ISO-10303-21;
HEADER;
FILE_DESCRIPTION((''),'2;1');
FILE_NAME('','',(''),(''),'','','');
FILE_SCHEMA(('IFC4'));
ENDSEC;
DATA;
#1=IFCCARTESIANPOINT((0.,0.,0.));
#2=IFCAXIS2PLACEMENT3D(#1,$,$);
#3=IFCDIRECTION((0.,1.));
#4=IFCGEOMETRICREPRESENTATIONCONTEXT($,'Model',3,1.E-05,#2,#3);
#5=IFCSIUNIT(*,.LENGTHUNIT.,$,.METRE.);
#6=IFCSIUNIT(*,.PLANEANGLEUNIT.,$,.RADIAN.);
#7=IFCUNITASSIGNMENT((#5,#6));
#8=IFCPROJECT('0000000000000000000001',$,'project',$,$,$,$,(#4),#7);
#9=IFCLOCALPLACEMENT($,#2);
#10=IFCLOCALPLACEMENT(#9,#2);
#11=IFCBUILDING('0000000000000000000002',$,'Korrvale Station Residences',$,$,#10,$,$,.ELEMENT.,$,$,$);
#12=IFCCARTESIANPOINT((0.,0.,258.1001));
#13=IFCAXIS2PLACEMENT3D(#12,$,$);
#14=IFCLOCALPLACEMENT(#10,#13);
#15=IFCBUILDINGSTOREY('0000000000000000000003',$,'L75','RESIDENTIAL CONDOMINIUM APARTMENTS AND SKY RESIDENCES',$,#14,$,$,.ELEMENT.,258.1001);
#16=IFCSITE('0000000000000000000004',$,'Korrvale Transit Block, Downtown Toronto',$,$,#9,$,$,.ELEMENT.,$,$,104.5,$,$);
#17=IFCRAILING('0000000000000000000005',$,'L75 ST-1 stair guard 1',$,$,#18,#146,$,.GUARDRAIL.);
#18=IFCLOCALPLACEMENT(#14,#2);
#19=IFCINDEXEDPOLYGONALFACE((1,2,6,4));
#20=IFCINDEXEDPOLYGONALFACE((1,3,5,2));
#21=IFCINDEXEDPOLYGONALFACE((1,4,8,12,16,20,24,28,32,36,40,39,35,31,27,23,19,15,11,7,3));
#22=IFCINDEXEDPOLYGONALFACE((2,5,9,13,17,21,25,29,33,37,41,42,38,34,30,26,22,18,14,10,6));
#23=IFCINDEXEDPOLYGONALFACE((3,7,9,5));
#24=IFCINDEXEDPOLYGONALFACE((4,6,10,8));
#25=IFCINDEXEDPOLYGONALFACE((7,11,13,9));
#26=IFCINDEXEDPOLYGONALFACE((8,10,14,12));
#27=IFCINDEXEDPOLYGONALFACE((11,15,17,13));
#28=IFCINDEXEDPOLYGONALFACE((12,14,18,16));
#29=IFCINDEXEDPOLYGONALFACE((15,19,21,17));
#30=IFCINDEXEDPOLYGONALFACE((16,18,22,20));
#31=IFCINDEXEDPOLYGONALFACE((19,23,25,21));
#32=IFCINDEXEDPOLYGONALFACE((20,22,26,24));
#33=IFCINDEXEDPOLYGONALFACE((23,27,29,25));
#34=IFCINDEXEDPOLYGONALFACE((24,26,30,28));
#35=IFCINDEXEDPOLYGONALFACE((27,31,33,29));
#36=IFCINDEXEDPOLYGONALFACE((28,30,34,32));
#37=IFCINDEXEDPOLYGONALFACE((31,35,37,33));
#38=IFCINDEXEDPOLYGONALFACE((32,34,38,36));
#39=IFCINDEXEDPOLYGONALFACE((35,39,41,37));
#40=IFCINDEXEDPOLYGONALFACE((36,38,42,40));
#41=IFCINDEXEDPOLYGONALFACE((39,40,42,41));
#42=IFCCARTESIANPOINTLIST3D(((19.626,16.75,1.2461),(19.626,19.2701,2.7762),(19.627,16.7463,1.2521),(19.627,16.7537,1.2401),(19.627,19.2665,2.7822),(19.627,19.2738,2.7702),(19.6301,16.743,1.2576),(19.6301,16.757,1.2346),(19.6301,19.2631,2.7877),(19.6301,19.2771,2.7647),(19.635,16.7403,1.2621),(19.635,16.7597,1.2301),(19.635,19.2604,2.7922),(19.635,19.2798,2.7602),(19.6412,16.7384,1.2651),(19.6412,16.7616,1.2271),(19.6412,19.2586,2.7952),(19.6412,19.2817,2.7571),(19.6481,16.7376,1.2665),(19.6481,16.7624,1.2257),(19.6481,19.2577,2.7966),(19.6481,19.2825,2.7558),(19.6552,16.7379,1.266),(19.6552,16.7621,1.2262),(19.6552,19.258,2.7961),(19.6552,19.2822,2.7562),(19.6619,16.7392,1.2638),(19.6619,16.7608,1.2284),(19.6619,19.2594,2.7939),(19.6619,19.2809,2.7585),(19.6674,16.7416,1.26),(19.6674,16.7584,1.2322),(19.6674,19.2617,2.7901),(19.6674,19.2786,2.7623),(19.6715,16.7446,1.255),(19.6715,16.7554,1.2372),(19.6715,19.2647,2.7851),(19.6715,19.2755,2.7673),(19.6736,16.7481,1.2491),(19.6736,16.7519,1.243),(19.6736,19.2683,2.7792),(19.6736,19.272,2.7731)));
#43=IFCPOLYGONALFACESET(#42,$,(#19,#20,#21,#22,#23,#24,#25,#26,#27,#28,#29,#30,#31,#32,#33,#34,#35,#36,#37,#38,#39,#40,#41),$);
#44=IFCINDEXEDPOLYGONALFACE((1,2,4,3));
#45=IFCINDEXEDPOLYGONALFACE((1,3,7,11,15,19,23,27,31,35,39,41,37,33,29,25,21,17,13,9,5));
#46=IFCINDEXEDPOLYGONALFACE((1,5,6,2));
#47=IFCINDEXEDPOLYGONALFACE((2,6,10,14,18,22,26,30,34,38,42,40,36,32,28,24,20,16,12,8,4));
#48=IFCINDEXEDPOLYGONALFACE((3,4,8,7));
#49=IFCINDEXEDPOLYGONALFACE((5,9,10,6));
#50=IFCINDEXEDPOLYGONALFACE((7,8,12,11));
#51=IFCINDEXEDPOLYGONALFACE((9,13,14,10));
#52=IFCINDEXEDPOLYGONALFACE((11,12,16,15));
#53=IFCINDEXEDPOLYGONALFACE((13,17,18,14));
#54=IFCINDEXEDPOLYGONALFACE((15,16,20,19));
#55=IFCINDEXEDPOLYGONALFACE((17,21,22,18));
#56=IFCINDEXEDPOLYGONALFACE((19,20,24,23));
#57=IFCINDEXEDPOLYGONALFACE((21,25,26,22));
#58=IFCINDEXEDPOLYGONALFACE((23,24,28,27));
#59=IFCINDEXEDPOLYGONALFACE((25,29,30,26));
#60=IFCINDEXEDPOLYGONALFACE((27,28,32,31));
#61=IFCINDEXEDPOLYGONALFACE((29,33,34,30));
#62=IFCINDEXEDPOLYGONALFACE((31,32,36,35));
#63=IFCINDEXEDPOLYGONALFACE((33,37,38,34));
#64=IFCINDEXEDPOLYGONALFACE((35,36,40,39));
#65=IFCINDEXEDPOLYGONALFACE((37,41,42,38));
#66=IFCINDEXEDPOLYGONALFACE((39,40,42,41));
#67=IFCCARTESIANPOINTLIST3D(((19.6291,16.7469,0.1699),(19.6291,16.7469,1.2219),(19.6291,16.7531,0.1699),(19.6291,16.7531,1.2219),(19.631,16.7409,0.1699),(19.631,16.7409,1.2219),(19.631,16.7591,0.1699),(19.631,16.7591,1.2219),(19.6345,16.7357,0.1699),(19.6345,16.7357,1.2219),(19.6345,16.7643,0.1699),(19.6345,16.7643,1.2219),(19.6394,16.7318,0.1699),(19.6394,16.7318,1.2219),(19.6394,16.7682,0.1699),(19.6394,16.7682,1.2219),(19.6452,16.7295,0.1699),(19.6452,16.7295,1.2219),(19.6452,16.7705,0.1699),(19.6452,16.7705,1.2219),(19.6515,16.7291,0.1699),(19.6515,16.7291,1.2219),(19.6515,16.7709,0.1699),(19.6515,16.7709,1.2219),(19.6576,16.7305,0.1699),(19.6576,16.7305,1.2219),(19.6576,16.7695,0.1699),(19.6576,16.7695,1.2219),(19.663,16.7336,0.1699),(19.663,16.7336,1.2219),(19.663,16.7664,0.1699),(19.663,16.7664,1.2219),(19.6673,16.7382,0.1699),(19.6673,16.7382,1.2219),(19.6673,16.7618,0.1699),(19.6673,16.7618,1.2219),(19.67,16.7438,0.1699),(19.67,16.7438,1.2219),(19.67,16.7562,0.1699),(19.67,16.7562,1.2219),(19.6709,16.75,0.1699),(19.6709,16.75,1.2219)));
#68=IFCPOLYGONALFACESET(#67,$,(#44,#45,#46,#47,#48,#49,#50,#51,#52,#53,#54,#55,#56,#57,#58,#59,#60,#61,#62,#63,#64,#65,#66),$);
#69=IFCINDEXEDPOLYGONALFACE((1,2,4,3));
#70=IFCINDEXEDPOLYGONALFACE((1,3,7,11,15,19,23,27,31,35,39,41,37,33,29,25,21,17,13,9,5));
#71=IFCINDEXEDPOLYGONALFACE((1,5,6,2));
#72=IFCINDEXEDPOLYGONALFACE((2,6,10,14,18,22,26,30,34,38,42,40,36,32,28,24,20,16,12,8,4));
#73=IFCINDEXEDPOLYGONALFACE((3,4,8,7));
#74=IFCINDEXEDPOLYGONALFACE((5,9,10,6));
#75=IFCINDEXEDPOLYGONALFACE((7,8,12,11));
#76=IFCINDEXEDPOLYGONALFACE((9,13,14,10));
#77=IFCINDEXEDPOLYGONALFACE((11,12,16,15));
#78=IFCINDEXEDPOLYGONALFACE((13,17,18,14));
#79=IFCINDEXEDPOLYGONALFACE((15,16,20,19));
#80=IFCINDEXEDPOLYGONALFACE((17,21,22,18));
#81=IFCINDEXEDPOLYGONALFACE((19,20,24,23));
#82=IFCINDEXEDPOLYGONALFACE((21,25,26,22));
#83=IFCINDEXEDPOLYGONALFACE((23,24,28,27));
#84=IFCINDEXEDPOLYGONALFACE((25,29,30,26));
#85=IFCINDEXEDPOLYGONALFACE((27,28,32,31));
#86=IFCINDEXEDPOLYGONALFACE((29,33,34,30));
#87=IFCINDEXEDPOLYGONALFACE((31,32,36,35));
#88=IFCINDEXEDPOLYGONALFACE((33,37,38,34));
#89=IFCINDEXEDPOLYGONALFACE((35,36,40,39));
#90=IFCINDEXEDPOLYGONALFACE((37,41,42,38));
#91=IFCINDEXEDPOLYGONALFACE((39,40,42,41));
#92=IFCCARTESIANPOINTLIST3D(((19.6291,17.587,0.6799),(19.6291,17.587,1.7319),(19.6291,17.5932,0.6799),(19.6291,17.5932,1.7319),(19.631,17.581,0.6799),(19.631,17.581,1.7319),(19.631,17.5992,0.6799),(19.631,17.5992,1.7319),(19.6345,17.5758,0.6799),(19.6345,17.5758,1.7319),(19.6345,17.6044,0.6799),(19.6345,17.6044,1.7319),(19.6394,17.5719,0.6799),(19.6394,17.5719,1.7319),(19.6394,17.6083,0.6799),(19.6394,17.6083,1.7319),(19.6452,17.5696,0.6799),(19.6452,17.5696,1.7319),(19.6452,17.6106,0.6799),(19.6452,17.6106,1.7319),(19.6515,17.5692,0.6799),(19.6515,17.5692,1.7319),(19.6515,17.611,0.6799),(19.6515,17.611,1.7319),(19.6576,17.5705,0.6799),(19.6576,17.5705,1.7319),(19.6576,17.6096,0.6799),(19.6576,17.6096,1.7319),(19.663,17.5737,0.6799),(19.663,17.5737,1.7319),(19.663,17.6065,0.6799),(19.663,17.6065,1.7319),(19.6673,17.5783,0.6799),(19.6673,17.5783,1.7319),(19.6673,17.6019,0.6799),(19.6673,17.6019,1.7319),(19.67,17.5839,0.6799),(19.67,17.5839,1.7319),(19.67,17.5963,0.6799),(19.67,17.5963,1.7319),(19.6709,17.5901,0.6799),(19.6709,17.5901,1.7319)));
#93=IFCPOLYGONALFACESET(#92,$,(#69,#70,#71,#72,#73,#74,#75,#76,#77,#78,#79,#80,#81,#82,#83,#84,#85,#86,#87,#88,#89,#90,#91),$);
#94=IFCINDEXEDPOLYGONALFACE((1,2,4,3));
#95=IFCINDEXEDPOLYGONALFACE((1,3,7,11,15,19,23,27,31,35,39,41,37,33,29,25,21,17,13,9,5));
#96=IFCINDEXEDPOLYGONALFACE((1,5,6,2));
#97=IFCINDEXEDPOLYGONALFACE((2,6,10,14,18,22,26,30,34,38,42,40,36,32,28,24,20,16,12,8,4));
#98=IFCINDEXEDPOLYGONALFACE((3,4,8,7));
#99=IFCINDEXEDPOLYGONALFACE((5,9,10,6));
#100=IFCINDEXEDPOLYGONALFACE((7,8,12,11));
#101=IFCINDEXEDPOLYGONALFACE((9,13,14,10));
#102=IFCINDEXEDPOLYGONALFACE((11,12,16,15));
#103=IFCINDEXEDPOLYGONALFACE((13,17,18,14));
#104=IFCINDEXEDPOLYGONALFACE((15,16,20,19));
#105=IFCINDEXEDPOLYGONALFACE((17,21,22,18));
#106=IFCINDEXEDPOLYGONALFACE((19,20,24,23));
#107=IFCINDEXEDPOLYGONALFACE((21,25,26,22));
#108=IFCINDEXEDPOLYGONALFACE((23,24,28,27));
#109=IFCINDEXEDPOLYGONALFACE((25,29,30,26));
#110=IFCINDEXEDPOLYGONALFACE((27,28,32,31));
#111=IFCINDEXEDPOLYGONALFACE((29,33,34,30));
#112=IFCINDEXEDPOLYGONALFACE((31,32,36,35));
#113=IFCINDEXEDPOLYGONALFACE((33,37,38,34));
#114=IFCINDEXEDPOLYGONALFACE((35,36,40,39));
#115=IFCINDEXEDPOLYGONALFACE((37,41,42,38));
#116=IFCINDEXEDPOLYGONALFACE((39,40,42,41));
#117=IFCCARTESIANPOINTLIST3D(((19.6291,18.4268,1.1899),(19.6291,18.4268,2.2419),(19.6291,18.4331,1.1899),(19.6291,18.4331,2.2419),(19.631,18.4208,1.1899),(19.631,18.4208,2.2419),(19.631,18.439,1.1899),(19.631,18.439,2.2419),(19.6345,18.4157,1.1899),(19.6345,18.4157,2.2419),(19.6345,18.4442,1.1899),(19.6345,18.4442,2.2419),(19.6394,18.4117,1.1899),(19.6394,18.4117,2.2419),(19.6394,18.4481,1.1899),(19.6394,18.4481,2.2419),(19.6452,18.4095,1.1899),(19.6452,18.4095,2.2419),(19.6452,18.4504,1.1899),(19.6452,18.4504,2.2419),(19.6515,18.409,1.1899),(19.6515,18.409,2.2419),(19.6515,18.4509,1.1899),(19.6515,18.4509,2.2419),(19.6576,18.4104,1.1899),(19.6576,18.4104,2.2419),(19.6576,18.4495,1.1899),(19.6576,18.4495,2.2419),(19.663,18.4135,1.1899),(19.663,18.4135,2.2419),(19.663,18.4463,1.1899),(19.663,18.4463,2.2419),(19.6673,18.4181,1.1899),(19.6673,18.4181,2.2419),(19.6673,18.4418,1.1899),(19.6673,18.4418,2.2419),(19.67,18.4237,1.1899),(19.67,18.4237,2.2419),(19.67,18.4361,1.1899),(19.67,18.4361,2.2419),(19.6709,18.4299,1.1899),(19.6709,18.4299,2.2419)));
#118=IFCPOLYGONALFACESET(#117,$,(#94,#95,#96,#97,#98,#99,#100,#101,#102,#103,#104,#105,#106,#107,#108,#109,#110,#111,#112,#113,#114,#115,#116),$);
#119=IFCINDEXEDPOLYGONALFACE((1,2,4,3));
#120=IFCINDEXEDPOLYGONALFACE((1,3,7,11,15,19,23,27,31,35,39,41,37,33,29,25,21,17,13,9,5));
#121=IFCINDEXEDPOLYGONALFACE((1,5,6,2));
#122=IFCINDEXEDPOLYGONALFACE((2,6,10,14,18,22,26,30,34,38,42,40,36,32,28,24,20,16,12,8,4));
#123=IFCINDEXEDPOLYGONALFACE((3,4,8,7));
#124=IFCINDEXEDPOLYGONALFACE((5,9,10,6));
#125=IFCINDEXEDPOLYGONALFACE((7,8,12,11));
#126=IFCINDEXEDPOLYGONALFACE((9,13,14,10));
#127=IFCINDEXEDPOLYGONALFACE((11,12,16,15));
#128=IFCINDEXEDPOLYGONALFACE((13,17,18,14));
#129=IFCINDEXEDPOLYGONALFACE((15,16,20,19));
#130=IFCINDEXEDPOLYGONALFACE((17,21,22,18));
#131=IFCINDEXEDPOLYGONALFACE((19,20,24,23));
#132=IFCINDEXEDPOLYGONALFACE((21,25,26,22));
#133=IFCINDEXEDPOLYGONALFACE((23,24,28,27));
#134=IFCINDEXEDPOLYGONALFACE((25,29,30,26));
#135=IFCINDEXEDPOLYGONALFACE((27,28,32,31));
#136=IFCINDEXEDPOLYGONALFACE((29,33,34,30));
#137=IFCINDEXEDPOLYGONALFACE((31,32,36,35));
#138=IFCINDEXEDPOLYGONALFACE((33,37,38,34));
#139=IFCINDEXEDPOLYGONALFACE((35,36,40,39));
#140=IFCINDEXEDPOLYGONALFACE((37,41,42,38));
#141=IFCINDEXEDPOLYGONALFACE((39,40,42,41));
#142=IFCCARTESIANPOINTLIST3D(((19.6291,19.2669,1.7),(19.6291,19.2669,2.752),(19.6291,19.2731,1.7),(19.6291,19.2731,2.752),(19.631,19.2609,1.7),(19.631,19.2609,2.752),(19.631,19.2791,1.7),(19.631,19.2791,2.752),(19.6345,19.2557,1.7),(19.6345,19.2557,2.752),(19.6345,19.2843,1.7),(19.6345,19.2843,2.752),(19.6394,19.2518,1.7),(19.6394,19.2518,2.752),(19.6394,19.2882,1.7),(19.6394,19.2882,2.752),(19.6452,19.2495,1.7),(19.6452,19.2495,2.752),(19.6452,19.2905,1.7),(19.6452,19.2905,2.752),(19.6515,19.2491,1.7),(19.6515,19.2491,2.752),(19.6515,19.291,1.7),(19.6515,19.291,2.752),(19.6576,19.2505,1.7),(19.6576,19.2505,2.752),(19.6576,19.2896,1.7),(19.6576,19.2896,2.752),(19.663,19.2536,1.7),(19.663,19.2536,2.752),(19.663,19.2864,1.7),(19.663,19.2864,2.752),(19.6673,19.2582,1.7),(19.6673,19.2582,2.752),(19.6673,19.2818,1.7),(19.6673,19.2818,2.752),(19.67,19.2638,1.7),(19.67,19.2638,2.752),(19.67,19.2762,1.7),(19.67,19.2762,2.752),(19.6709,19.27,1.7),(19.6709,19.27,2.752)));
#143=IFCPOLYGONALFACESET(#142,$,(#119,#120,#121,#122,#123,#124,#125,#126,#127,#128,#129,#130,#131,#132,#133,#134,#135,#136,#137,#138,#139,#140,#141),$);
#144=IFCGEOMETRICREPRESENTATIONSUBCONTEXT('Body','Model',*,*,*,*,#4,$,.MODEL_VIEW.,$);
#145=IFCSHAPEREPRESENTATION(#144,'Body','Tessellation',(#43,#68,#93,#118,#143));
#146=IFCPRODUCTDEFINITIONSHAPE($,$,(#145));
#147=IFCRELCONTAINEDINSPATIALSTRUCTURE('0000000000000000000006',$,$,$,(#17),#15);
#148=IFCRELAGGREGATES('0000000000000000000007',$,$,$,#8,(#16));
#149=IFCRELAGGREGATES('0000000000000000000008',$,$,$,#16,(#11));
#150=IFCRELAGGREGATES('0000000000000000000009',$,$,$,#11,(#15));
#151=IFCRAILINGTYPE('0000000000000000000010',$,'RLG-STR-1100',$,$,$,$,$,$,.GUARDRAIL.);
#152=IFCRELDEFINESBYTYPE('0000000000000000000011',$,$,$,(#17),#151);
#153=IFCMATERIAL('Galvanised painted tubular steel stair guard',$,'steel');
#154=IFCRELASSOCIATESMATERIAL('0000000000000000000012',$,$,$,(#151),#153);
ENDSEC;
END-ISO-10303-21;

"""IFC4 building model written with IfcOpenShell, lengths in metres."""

from ifc_helpers import new_model, si_unit, direction, frame, origin, origin_2d, place, context, subcontext, project, spatial, circle, extrude, material, type_object, element, save


model = new_model("IFC4")

# Units and contexts
model_context = context("Model", 3, precision=1e-05, world=origin(), true_north=direction((0.0, 1.0)))
body_context = subcontext(model_context, "Body", "Model", "MODEL_VIEW")
ifc_project = project(units=[si_unit("LENGTHUNIT", "METRE"), si_unit("PLANEANGLEUNIT", "RADIAN")], contexts=[model_context])

# Site, building, storey
site_placement = place(None, origin())
site = spatial("IfcSite", under=ifc_project, at=site_placement, Name="Korrvale Transit Block, Downtown Toronto", CompositionType="ELEMENT", RefElevation=104.5)
building_placement = place(site_placement, origin())
building = spatial("IfcBuilding", under=site, at=building_placement, Name="Korrvale Station Residences", CompositionType="ELEMENT")
storey_placement = place(building_placement, frame((0.0, 0.0, 258.1001)))
storey = spatial("IfcBuildingStorey", under=building, at=storey_placement, Name="L75", Description="RESIDENTIAL CONDOMINIUM APARTMENTS AND SKY RESIDENCES", CompositionType="ELEMENT", Elevation=258.1001)

# Railing
ifc_material_1 = material(Name="Galvanised painted tubular steel stair guard", Category="steel")
railing_type_1 = type_object("IfcRailingType", Name="RLG-STR-1100", PredefinedType="GUARDRAIL", material=ifc_material_1)
railing_1_placement = place(storey_placement, frame((19.6499, 16.75, 0.1699)))
element("IfcRailing", 1, at=railing_1_placement, inside=storey, type_object=railing_type_1, Name="L75 ST-1 stair guard 1", PredefinedType="GUARDRAIL", context=body_context, shape_type="SweptSolid", body=[
    extrude(circle(Radius=0.0239, at=origin_2d()), frame((0.0, 0.0, 1.0762), z_axis=(0.0, 0.854785, 0.518982), x_axis=(-1.0, 0.0, 0.0)), (0.0, 0.0, 1.0), 2.9482),
    extrude(circle(Radius=0.021, at=origin_2d()), origin(), (0.0, 0.0, 1.0), 1.052),
    extrude(circle(Radius=0.021, at=origin_2d()), frame((0.0, 0.8401, 0.51)), (0.0, 0.0, 1.0), 1.052),
    extrude(circle(Radius=0.021, at=origin_2d()), frame((0.0, 1.6799, 1.02)), (0.0, 0.0, 1.0), 1.052),
    extrude(circle(Radius=0.021, at=origin_2d()), frame((0.0, 2.52, 1.53)), (0.0, 0.0, 1.0), 1.052),
])

save(model, "model.ifc")
